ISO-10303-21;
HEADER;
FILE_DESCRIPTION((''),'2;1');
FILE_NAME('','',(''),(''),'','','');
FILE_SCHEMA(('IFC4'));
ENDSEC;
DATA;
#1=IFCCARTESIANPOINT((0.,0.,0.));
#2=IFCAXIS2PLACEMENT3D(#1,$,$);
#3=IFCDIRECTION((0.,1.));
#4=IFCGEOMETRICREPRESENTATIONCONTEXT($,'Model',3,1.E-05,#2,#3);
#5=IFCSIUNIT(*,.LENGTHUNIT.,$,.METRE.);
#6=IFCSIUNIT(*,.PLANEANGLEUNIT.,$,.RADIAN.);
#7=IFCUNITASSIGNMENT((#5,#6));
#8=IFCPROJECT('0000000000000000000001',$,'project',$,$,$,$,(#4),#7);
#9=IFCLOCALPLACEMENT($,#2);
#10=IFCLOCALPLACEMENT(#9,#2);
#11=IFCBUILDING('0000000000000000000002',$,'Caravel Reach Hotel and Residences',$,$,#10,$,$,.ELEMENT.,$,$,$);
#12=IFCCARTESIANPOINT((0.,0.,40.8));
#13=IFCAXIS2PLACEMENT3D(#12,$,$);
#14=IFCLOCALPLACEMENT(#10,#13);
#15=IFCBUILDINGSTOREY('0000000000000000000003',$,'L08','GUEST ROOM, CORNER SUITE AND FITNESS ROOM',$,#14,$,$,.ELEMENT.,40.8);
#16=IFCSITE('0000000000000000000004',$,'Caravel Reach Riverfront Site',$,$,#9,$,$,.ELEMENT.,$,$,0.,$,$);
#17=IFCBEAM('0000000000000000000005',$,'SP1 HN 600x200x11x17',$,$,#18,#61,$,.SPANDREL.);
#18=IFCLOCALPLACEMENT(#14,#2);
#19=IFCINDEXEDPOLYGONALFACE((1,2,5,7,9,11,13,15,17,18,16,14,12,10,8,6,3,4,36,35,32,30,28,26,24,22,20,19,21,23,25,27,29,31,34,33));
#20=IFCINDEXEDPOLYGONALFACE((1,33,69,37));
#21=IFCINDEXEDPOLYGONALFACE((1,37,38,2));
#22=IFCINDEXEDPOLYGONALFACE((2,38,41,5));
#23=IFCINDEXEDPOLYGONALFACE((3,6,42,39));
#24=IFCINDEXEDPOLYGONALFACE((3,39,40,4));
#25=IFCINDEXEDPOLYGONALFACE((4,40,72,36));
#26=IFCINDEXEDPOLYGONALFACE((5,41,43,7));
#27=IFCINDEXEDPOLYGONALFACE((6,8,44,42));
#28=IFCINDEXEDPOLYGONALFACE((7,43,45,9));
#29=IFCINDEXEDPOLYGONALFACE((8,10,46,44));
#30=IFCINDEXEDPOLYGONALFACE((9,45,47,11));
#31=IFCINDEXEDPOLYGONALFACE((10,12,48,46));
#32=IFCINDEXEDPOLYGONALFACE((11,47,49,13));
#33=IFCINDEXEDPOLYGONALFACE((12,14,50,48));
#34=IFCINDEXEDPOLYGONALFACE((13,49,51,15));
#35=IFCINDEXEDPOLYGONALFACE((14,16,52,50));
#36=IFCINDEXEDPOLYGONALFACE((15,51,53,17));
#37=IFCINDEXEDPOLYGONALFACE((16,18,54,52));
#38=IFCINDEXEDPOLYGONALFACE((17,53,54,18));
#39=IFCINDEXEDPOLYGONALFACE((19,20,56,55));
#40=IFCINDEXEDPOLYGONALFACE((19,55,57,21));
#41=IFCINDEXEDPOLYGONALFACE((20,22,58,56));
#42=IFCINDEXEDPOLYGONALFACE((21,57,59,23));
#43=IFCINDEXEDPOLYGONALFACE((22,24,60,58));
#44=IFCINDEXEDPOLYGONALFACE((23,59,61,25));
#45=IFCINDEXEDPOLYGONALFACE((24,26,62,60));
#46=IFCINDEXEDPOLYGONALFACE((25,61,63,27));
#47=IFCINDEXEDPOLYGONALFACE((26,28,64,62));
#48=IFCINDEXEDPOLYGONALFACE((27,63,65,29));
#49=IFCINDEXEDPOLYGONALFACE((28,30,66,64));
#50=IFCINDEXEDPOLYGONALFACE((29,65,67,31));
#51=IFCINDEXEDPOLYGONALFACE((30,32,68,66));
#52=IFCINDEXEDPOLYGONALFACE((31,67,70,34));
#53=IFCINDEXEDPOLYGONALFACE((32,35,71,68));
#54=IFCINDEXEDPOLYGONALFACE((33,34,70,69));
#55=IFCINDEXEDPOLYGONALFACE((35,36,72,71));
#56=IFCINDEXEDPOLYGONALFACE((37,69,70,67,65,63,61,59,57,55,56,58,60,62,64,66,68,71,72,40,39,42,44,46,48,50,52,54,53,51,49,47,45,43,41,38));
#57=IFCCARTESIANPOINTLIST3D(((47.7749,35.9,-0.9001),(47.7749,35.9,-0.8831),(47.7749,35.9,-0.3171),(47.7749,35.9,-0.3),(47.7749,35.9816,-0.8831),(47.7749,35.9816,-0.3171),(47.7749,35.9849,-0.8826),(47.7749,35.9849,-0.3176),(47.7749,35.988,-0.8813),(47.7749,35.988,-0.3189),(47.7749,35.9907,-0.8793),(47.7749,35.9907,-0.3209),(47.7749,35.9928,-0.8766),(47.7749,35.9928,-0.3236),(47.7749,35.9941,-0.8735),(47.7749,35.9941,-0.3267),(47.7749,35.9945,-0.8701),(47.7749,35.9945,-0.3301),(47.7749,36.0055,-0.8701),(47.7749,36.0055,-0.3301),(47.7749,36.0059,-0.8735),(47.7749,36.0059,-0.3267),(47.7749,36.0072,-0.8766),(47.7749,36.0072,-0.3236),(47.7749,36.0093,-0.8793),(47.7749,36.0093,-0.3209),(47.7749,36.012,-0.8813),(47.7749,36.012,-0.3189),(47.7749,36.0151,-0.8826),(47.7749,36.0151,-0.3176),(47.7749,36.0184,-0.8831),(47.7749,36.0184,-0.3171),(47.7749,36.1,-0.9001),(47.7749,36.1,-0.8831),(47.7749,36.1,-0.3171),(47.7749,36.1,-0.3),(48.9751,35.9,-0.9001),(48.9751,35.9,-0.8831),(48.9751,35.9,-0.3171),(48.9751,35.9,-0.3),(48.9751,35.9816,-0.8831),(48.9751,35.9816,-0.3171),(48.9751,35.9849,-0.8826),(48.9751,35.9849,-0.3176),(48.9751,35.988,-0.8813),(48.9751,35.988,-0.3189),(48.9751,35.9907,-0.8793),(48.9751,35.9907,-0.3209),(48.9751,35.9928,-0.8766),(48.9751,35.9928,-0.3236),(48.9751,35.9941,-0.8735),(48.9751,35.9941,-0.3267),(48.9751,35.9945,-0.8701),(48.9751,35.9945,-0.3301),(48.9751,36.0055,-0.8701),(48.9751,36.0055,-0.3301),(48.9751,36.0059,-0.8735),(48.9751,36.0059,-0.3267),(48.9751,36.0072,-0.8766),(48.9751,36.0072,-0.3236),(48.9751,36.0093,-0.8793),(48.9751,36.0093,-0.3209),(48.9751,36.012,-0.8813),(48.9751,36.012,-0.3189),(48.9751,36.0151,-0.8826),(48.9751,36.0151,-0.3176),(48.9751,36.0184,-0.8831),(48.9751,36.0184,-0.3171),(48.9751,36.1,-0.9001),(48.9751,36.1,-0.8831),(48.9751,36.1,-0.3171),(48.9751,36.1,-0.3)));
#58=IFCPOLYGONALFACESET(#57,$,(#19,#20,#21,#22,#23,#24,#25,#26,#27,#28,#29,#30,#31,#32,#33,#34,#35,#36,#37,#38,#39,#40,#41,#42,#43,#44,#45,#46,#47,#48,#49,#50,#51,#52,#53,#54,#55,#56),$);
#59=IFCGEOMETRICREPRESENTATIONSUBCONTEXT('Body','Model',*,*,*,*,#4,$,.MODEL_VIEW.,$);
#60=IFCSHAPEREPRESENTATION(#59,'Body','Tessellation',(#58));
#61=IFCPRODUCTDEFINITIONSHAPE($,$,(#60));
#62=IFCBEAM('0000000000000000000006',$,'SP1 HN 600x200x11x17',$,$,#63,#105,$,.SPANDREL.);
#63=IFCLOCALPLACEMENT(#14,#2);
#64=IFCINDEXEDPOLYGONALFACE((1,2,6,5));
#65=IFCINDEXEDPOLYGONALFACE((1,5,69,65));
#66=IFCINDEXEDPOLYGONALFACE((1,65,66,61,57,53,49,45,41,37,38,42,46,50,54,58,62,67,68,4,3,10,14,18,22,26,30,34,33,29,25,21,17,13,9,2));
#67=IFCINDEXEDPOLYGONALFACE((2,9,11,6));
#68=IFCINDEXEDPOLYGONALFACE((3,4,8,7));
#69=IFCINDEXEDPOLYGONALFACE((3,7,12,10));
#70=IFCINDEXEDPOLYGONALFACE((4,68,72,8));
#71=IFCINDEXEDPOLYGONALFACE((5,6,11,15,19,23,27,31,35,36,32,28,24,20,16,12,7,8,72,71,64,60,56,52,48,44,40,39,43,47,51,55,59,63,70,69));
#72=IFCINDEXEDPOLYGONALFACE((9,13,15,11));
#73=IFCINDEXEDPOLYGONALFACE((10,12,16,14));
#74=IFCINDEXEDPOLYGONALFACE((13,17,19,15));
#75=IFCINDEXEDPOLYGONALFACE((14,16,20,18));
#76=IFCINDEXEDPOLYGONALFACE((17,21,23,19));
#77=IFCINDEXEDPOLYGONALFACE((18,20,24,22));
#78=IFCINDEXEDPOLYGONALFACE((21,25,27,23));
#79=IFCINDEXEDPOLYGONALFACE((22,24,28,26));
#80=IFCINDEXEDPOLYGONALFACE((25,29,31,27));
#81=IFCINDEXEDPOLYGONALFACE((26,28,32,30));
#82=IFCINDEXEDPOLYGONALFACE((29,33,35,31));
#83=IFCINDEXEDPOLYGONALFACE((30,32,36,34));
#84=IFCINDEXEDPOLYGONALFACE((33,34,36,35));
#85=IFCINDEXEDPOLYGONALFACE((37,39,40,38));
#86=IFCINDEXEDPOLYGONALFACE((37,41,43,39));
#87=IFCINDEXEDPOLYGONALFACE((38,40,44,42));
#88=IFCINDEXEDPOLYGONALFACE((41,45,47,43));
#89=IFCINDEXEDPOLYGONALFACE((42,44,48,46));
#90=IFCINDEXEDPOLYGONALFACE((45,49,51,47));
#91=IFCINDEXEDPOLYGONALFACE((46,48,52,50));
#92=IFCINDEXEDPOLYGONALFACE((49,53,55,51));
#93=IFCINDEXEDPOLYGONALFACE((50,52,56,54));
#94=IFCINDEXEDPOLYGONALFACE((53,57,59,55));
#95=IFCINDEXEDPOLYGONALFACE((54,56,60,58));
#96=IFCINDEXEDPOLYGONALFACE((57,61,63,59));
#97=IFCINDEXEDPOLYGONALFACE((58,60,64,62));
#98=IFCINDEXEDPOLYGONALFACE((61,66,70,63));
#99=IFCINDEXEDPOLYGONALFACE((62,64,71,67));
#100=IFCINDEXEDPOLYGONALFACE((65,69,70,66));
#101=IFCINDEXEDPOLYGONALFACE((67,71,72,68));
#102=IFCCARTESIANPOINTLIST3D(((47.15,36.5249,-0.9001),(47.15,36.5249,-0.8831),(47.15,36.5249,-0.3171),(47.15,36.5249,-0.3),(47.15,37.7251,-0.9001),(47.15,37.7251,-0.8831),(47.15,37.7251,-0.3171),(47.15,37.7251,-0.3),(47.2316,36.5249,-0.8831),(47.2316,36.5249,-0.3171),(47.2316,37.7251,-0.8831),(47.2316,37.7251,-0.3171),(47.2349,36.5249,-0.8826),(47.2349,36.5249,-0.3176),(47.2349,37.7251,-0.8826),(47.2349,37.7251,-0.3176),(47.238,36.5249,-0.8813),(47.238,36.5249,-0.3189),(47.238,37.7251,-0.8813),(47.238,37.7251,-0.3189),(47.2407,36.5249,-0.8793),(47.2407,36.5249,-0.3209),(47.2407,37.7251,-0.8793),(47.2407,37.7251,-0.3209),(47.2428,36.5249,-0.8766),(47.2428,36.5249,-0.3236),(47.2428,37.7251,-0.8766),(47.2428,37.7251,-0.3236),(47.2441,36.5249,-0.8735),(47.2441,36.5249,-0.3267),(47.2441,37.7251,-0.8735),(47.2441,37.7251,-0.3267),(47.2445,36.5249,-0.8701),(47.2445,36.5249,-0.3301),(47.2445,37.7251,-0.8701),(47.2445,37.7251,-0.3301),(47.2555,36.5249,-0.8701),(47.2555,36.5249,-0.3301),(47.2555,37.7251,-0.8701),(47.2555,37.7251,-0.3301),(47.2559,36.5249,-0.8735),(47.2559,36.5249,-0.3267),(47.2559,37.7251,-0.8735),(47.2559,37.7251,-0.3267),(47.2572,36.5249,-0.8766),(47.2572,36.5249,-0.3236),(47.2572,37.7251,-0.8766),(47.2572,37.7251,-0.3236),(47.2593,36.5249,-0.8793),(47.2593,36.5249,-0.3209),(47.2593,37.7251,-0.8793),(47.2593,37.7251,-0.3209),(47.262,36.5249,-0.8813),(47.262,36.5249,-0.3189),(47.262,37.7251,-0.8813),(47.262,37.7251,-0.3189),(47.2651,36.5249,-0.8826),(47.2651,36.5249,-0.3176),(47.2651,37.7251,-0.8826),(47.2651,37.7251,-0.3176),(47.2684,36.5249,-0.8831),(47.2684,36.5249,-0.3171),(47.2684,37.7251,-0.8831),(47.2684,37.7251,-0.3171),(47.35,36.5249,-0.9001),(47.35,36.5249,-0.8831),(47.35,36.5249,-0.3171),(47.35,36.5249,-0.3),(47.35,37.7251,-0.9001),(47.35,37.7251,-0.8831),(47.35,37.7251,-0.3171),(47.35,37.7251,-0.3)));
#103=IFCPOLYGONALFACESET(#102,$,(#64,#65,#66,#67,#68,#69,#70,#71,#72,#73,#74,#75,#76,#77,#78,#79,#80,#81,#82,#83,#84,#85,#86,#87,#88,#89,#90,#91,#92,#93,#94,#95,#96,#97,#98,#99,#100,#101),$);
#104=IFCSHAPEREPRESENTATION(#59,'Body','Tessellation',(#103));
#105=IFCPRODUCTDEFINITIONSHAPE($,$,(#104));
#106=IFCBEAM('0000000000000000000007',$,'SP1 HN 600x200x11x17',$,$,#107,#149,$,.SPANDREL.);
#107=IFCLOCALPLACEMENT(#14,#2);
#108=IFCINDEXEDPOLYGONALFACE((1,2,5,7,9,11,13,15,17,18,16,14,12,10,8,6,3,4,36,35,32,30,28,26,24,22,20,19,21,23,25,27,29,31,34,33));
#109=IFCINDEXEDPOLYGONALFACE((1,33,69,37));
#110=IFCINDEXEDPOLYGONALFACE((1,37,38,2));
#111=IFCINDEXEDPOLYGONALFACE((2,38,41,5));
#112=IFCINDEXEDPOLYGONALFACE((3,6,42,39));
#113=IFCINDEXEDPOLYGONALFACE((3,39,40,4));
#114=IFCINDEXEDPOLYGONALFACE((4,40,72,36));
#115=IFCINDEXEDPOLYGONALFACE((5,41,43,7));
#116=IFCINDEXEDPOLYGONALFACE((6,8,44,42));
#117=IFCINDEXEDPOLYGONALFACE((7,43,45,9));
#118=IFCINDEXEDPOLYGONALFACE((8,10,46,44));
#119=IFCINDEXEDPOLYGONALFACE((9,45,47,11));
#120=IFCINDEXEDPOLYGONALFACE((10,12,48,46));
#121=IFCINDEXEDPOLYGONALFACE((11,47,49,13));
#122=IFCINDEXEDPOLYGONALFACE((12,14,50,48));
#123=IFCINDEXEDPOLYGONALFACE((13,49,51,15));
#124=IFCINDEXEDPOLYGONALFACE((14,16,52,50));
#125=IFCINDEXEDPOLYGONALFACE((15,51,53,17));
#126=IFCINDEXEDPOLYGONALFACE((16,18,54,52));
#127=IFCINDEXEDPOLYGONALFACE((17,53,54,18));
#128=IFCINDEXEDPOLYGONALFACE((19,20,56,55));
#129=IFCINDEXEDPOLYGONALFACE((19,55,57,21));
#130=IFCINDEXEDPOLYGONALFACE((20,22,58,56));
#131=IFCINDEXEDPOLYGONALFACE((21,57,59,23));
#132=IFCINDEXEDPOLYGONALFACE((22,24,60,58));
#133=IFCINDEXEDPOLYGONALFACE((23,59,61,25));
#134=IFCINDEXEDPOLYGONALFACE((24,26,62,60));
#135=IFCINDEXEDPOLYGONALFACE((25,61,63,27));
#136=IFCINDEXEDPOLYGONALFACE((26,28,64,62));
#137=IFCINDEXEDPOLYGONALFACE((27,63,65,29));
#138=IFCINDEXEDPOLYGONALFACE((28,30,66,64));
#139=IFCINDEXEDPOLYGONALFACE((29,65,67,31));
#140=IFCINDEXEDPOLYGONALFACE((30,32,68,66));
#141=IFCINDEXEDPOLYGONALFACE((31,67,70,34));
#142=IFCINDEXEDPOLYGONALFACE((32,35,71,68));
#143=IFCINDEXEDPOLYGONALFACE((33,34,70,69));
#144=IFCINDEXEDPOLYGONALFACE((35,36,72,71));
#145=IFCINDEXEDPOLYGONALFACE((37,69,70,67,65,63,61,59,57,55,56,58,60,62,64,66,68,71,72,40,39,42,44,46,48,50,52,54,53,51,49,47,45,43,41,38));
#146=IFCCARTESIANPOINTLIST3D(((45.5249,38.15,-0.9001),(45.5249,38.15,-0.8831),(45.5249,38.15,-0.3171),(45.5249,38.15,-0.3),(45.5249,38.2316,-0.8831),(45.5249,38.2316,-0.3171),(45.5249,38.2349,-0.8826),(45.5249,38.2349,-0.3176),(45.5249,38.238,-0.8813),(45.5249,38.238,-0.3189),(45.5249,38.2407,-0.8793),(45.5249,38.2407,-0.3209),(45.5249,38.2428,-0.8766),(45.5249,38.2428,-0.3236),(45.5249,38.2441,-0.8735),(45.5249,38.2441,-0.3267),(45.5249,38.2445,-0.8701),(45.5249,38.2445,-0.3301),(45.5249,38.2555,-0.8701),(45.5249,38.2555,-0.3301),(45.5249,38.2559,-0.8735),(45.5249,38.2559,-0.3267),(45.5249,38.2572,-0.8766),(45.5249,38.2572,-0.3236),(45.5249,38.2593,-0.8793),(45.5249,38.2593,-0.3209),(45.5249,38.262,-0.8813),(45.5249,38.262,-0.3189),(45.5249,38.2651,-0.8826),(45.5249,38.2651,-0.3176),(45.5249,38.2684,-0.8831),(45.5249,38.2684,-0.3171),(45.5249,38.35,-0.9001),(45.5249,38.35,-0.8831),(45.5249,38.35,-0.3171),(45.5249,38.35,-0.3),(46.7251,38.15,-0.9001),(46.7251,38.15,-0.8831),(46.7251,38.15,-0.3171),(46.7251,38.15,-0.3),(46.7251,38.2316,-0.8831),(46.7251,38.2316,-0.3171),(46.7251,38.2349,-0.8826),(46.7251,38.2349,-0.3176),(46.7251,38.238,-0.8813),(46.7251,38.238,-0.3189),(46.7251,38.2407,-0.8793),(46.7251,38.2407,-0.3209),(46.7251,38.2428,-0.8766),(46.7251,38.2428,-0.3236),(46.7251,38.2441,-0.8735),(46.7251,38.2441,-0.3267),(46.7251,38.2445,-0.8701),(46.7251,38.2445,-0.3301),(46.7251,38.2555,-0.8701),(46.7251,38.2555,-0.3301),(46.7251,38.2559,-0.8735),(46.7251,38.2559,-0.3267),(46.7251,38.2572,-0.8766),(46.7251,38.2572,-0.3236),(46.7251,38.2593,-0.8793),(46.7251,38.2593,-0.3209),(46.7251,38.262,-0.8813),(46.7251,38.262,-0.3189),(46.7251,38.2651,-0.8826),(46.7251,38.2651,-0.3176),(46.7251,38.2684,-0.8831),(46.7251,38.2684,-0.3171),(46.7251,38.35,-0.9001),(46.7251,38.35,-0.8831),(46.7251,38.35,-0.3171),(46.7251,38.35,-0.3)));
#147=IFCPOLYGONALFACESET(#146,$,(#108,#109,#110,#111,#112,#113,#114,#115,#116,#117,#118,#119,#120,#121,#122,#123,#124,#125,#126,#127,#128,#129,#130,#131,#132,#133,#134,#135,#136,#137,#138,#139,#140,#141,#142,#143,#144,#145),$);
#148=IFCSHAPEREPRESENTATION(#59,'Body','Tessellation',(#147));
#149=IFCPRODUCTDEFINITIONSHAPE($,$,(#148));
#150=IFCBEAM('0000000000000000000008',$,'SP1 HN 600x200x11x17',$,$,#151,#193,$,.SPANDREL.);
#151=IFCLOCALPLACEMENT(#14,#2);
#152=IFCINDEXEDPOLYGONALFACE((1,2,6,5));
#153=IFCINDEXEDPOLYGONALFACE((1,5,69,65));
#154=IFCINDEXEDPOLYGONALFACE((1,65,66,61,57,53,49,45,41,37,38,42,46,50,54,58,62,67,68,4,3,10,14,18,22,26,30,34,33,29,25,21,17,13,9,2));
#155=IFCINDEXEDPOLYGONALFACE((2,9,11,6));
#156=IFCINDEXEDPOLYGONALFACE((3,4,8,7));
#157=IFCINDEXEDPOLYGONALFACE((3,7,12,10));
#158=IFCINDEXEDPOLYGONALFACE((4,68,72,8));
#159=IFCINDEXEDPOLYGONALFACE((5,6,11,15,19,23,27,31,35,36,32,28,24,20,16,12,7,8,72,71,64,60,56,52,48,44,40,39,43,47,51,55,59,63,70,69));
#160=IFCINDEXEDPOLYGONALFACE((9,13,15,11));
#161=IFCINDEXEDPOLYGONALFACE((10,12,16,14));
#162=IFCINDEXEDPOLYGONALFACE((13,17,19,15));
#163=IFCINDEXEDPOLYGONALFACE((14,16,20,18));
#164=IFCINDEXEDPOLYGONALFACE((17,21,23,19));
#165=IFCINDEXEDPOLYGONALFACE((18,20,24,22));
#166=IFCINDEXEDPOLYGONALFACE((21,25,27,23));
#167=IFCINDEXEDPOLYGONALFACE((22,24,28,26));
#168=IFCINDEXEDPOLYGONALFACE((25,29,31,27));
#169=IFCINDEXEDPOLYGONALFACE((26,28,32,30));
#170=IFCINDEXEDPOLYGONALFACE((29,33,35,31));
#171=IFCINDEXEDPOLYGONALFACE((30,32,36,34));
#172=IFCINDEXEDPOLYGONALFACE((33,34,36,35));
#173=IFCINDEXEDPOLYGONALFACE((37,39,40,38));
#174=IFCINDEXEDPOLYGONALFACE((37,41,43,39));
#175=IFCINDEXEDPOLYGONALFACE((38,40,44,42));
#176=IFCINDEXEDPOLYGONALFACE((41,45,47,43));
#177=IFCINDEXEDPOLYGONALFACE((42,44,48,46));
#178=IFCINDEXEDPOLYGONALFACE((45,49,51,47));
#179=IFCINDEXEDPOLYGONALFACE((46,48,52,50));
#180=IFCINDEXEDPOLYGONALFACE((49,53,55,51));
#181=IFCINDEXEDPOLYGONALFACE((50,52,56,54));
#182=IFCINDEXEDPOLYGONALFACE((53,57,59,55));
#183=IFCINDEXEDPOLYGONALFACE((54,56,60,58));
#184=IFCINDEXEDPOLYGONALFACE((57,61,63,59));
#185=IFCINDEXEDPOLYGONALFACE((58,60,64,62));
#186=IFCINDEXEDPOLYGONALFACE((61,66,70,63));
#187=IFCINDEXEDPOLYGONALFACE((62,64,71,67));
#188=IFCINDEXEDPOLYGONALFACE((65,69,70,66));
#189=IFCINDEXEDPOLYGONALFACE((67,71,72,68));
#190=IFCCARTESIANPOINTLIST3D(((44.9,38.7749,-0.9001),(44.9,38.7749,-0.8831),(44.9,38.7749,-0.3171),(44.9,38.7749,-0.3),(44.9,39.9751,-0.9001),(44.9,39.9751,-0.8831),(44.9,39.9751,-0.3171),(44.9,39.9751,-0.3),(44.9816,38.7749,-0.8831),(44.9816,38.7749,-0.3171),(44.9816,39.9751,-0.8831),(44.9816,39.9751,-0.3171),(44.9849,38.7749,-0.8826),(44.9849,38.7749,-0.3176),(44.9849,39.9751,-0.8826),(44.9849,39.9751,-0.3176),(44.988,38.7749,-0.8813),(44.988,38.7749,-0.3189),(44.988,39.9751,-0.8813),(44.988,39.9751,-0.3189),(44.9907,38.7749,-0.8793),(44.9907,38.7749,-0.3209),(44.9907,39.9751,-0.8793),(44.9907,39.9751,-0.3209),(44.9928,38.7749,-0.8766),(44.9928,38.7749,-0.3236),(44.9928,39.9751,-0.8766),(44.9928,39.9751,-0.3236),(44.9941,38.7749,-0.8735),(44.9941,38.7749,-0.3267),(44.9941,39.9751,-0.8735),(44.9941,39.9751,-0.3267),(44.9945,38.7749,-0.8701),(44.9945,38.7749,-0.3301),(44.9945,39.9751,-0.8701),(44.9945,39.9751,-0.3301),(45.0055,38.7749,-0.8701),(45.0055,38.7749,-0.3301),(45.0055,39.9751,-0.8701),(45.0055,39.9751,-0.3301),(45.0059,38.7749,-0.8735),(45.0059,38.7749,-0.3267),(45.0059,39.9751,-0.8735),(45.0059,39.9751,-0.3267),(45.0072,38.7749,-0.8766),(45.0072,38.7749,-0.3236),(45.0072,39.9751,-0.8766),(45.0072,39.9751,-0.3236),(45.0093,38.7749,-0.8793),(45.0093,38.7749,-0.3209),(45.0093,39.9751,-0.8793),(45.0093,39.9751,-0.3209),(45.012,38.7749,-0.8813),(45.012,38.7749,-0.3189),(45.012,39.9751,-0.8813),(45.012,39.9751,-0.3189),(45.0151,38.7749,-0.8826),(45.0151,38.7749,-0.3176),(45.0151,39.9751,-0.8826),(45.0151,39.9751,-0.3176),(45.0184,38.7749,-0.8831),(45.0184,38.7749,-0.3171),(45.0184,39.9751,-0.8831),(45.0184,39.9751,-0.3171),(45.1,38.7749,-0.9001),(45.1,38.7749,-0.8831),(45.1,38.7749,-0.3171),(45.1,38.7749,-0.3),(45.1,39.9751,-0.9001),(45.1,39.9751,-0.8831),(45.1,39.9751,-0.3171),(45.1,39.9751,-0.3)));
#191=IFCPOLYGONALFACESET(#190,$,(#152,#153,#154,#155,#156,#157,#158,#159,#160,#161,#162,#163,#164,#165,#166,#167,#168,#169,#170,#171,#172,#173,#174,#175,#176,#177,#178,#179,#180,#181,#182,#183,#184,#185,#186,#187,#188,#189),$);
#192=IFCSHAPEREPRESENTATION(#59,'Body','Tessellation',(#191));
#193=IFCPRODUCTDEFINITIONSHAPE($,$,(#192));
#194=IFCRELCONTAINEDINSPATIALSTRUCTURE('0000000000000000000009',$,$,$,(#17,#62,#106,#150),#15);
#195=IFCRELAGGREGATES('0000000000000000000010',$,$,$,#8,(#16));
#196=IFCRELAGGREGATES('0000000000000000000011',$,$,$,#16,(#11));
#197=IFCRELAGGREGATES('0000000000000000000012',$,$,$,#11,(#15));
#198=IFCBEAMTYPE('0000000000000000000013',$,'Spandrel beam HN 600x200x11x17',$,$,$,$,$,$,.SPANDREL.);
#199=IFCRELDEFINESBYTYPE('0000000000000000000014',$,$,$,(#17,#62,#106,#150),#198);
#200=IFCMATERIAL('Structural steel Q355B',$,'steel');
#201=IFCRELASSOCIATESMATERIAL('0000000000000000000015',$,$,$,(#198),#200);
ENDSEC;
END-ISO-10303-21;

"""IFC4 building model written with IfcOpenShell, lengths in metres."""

from ifc_helpers import new_model, si_unit, direction, frame, origin, origin_2d, place, context, subcontext, project, spatial, i_section, extrude, material, material_profile, profile_set, type_object, element, save


model = new_model("IFC4")

# Units and contexts
model_context = context("Model", 3, precision=1e-05, world=origin(), true_north=direction((0.0, 1.0)))
body_context = subcontext(model_context, "Body", "Model", "MODEL_VIEW")
ifc_project = project(units=[si_unit("LENGTHUNIT", "METRE"), si_unit("PLANEANGLEUNIT", "RADIAN")], contexts=[model_context])

# Site, building, storey
site_placement = place(None, origin())
site = spatial("IfcSite", under=ifc_project, at=site_placement, Name="Caravel Reach Riverfront Site", CompositionType="ELEMENT", RefElevation=0.0)
building_placement = place(site_placement, origin())
building = spatial("IfcBuilding", under=site, at=building_placement, Name="Caravel Reach Hotel and Residences", CompositionType="ELEMENT")
storey_placement = place(building_placement, frame((0.0, 0.0, 40.8)))
storey = spatial("IfcBuildingStorey", under=building, at=storey_placement, Name="L08", Description="GUEST ROOM, CORNER SUITE AND FITNESS ROOM", CompositionType="ELEMENT", Elevation=40.8)

# Beams
ifc_material_1 = material(Name="Structural steel Q355B", Category="steel")
ifc_material_profile_1 = material_profile(ifc_material_1, i_section(OverallWidth=0.2, OverallDepth=0.6001, WebThickness=0.011, FlangeThickness=0.0171, FilletRadius=0.0129, at=origin_2d()), Name="HN 600x200x11x17")
ifc_profile_set_1 = profile_set([ifc_material_profile_1], Name="Structural steel Q355B")
beam_type_1 = type_object("IfcBeamType", Name="Spandrel beam HN 600x200x11x17", PredefinedType="SPANDREL", material=ifc_profile_set_1)
for number, where, z_axis, x_axis, name in (
    (1, (48.9751, 36.0, -0.6001), (-1.0, 0.0, 0.0), (0.0, -1.0, 0.0), "SP1 HN 600x200x11x17"),
    (2, (47.25, 36.5249, -0.6001), (0.0, 1.0, 0.0), (-1.0, 0.0, 0.0), "SP1 HN 600x200x11x17"),
    (3, (46.7251, 38.25, -0.6001), (-1.0, 0.0, 0.0), (0.0, -1.0, 0.0), "SP1 HN 600x200x11x17"),
    (4, (45.0, 38.7749, -0.6001), (0.0, 1.0, 0.0), (-1.0, 0.0, 0.0), "SP1 HN 600x200x11x17"),
):
    element("IfcBeam", number, at=place(storey_placement, frame(where, z_axis=z_axis, x_axis=x_axis)), inside=storey, type_object=beam_type_1, Name=name, PredefinedType="SPANDREL", context=body_context, shape_type="SweptSolid", body=[
        extrude(i_section(OverallWidth=0.2, OverallDepth=0.6001, WebThickness=0.011, FlangeThickness=0.0171, FilletRadius=0.0129, at=origin_2d()), origin(), (0.0, 0.0, 1.0), 1.2002),
    ])

save(model, "model.ifc")
